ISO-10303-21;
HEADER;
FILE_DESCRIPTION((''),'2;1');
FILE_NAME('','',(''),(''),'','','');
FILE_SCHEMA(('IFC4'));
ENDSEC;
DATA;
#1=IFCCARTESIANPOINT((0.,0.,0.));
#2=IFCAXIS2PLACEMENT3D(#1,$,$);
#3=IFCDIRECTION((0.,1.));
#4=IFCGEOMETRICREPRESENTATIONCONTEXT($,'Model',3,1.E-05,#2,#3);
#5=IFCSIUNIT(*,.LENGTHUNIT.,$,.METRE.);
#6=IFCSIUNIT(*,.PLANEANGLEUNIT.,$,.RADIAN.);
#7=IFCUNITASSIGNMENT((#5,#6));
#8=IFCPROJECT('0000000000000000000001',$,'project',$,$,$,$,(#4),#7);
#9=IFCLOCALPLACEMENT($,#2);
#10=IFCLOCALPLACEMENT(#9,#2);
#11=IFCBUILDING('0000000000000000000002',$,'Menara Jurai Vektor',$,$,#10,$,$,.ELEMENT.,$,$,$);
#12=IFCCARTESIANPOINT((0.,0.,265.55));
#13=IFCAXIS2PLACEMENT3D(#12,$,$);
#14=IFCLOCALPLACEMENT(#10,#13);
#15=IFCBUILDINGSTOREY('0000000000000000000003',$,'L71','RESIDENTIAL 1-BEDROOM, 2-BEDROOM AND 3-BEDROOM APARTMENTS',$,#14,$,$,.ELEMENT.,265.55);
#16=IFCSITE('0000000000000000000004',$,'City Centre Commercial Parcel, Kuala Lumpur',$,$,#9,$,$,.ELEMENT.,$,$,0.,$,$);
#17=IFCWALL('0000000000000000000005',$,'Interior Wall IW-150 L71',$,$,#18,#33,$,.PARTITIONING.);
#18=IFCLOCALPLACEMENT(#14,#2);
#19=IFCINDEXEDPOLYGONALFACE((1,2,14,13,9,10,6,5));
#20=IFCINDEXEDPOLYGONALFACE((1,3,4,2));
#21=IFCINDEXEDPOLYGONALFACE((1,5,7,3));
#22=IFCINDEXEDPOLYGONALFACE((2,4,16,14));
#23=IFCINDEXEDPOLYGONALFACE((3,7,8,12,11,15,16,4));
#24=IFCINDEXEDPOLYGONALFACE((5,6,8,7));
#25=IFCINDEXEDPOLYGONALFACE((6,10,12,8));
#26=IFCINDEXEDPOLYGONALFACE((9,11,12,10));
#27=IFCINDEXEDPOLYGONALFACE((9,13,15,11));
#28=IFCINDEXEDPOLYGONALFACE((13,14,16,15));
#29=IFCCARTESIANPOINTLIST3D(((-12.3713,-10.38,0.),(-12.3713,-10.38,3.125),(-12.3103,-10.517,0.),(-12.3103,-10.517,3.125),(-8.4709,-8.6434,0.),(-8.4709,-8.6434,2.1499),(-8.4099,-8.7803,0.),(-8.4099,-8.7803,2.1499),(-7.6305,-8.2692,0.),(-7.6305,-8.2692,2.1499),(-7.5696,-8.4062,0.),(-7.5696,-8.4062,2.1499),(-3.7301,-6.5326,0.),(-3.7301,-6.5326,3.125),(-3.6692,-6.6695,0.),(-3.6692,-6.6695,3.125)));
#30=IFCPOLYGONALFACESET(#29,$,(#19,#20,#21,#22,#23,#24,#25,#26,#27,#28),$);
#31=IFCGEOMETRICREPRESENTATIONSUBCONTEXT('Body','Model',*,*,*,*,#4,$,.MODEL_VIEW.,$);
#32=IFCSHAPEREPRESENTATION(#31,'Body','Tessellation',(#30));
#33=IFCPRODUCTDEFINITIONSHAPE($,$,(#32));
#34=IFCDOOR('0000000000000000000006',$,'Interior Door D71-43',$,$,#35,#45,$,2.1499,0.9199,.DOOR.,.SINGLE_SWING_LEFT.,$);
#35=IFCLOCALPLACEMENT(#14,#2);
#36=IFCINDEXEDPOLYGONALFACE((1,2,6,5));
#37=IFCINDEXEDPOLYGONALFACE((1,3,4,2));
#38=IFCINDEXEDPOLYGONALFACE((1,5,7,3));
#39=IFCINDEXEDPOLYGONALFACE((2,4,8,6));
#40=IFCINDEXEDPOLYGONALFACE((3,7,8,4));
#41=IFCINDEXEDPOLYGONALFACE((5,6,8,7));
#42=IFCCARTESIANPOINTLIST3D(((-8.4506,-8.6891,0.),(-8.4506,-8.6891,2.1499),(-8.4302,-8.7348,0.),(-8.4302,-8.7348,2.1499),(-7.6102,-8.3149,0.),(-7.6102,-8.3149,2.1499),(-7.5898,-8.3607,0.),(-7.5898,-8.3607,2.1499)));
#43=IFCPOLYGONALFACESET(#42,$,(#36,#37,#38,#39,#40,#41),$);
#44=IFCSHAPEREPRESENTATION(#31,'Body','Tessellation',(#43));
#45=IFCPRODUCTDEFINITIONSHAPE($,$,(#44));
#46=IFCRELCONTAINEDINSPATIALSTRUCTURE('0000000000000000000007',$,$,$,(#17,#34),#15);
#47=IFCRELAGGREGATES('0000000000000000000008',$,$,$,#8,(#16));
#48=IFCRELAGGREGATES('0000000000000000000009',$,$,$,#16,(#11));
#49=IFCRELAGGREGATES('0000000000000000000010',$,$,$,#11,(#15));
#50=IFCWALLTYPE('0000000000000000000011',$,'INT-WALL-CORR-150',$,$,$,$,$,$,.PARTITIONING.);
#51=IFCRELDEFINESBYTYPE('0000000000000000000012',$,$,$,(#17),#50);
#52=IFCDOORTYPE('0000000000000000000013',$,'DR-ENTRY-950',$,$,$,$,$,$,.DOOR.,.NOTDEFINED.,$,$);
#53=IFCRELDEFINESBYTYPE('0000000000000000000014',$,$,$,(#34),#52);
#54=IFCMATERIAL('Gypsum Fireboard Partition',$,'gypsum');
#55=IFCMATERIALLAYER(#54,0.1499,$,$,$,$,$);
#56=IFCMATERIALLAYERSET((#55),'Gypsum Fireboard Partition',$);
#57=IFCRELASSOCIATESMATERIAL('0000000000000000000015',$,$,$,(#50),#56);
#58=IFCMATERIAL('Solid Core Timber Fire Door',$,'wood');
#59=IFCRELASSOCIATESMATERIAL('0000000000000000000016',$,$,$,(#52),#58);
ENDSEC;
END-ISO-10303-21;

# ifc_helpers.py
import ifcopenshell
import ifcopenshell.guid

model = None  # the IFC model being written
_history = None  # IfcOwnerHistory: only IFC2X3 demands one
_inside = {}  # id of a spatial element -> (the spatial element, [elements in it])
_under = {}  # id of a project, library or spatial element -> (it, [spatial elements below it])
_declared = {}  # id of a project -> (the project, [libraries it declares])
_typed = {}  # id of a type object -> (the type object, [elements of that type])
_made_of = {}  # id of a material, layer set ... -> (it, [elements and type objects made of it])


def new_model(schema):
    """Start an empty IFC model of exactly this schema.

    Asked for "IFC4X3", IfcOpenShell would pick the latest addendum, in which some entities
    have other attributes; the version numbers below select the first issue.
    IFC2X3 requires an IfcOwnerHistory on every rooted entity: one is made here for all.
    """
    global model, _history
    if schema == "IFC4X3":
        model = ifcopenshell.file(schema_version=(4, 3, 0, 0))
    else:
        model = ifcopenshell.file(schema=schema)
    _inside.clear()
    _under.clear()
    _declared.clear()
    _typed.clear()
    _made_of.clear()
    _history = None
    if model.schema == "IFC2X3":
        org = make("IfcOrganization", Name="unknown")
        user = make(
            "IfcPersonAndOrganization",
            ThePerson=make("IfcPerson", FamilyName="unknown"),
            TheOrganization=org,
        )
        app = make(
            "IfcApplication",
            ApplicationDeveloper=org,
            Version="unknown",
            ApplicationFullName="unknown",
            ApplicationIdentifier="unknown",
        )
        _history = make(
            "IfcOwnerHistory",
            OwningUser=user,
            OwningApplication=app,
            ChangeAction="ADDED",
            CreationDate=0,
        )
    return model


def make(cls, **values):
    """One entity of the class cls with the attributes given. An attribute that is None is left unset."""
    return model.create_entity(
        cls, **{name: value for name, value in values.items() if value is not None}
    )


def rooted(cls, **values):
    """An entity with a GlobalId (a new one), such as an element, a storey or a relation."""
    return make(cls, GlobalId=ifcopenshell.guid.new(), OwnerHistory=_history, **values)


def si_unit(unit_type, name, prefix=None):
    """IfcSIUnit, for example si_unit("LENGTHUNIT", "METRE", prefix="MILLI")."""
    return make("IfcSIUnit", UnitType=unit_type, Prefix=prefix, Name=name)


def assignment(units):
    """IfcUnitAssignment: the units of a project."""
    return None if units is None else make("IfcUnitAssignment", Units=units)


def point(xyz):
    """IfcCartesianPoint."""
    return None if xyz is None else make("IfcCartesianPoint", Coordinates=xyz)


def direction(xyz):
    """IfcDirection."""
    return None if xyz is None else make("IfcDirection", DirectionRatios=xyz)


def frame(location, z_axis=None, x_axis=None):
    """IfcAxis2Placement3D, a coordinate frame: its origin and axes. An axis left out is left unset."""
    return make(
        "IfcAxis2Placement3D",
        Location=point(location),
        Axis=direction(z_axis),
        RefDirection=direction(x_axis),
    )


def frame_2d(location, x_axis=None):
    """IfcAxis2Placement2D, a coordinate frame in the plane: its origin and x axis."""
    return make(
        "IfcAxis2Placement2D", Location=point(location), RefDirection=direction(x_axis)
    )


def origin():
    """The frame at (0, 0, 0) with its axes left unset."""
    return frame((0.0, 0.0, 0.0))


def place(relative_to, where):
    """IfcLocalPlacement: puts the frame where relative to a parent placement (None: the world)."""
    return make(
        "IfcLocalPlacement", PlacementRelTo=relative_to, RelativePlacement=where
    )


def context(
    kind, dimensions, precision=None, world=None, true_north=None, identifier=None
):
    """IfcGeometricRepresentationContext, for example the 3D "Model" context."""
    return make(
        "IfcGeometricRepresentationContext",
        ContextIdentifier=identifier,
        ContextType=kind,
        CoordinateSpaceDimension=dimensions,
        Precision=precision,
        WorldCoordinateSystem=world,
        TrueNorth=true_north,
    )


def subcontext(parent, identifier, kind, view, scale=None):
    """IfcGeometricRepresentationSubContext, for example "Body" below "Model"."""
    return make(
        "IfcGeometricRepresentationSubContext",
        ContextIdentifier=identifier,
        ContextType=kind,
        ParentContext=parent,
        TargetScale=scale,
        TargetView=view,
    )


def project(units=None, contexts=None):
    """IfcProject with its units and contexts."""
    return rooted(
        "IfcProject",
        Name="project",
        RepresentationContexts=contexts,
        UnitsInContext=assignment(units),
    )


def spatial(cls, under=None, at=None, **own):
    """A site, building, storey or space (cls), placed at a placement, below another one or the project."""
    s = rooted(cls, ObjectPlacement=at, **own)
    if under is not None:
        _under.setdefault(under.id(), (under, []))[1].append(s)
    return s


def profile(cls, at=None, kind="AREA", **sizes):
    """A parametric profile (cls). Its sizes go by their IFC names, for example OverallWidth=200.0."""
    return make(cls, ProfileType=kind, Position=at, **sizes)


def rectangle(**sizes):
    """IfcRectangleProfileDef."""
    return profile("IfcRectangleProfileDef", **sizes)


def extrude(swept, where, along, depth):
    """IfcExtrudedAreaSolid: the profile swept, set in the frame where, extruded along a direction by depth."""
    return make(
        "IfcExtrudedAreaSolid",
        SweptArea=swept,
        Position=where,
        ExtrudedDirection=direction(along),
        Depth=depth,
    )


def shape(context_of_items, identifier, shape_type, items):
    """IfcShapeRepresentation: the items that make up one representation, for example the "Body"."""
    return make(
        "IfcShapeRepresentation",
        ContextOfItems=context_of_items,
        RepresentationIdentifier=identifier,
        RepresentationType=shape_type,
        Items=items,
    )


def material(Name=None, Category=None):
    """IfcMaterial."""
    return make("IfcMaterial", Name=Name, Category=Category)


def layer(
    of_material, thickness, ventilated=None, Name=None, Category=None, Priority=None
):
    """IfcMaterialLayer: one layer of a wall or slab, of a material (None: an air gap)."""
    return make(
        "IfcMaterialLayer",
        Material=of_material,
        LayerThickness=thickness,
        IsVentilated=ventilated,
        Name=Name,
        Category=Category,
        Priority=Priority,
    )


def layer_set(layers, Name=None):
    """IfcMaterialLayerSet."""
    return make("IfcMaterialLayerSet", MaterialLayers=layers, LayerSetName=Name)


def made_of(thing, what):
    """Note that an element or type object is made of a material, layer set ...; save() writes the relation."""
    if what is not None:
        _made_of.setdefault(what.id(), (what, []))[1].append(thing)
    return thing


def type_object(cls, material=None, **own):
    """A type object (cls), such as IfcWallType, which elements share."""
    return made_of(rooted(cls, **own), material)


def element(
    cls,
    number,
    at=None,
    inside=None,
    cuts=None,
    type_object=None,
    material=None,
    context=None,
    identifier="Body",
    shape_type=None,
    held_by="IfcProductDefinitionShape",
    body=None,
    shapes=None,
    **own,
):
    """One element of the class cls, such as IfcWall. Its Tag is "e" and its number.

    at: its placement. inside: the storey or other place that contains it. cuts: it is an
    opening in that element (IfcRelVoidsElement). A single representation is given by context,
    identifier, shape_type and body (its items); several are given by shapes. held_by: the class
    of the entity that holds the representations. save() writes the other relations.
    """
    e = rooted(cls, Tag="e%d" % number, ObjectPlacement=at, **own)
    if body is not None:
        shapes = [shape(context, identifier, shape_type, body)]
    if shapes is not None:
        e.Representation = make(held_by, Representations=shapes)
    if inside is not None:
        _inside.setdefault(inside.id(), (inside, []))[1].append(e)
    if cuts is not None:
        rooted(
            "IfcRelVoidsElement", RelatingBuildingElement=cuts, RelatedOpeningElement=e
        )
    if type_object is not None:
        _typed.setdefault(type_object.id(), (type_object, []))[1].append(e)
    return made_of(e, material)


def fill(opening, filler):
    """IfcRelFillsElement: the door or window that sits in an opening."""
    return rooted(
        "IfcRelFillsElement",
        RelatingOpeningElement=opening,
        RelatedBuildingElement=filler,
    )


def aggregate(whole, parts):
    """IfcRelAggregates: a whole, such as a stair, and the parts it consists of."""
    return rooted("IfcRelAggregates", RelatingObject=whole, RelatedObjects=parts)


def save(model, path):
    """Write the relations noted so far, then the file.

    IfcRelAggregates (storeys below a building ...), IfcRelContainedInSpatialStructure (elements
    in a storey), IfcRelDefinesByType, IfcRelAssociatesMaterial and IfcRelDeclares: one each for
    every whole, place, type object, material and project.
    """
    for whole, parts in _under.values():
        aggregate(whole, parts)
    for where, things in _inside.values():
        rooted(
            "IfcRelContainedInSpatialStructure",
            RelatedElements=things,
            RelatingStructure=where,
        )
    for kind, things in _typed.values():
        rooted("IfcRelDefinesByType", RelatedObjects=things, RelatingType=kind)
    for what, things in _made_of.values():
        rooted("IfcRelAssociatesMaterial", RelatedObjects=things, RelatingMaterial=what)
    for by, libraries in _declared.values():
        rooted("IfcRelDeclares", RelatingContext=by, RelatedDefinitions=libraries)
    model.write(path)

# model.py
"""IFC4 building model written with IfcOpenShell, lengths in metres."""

from ifc_helpers import new_model, si_unit, direction, frame, frame_2d, origin, place, context, subcontext, project, spatial, rectangle, extrude, material, layer, layer_set, type_object, element, fill, save


model = new_model("IFC4")

# Units and contexts
model_context = context("Model", 3, precision=1e-05, world=origin(), true_north=direction((0.0, 1.0)))
body_context = subcontext(model_context, "Body", "Model", "MODEL_VIEW")
ifc_project = project(units=[si_unit("LENGTHUNIT", "METRE"), si_unit("PLANEANGLEUNIT", "RADIAN")], contexts=[model_context])

# Site, building, storey
site_placement = place(None, origin())
site = spatial("IfcSite", under=ifc_project, at=site_placement, Name="City Centre Commercial Parcel, Kuala Lumpur", CompositionType="ELEMENT", RefElevation=0.0)
building_placement = place(site_placement, origin())
building = spatial("IfcBuilding", under=site, at=building_placement, Name="Menara Jurai Vektor", CompositionType="ELEMENT")
storey_placement = place(building_placement, frame((0.0, 0.0, 265.55)))
storey = spatial("IfcBuildingStorey", under=building, at=storey_placement, Name="L71", Description="RESIDENTIAL 1-BEDROOM, 2-BEDROOM AND 3-BEDROOM APARTMENTS", CompositionType="ELEMENT", Elevation=265.55)

# Shared definitions
ifc_material_1 = material(Name="Gypsum Fireboard Partition", Category="gypsum")
ifc_layer = layer(ifc_material_1, 0.1499)
ifc_layer_set = layer_set([ifc_layer], Name="Gypsum Fireboard Partition")
wall_type = type_object("IfcWallType", Name="INT-WALL-CORR-150", PredefinedType="PARTITIONING", material=ifc_layer_set)
ifc_material_2 = material(Name="Solid Core Timber Fire Door", Category="wood")
door_type = type_object("IfcDoorType", Name="DR-ENTRY-950", OperationType="NOTDEFINED", PredefinedType="DOOR", material=ifc_material_2)

# Wall, opening, door
wall_1_placement = place(storey_placement, frame((-12.3408, -10.4485, 0.0), z_axis=(0.0, 0.0, 1.0), x_axis=(0.91354, 0.406749, 0.0)))
wall_1 = element("IfcWall", 1, at=wall_1_placement, inside=storey, type_object=wall_type, Name="Interior Wall IW-150 L71", PredefinedType="PARTITIONING", context=body_context, shape_type="SweptSolid", body=[
    extrude(rectangle(XDim=9.459, YDim=0.1499, at=frame_2d((4.7295, 0.0))), origin(), (0.0, 0.0, 1.0), 3.125),
])
opening_1_placement = place(wall_1_placement, frame((4.2695, 0.0, 0.0)))
opening_1 = element("IfcOpeningElement", 2, at=opening_1_placement, cuts=wall_1, PredefinedType="OPENING", context=body_context, shape_type="SweptSolid", body=[
    extrude(rectangle(XDim=0.9199, YDim=2.1499, at=frame_2d((0.46, 1.075))), frame((0.0, 0.085, 0.0), z_axis=(0.0, -1.0, 0.0), x_axis=(1.0, 0.0, 0.0)), (0.0, 0.0, 1.0), 0.1699),
])
door_1_placement = place(opening_1_placement, origin())
door_1 = element("IfcDoor", 3, at=door_1_placement, inside=storey, type_object=door_type, Name="Interior Door D71-43", OperationType="SINGLE_SWING_LEFT", OverallHeight=2.1499, OverallWidth=0.9199, PredefinedType="DOOR", context=body_context, shape_type="SweptSolid", body=[
    extrude(rectangle(XDim=0.9199, YDim=2.1499, at=frame_2d((0.46, 1.075))), frame((0.0, 0.0249, 0.0), z_axis=(0.0, -1.0, 0.0), x_axis=(1.0, 0.0, 0.0)), (0.0, 0.0, 1.0), 0.05),
])
fill(opening_1, door_1)

save(model, "model.ifc")
